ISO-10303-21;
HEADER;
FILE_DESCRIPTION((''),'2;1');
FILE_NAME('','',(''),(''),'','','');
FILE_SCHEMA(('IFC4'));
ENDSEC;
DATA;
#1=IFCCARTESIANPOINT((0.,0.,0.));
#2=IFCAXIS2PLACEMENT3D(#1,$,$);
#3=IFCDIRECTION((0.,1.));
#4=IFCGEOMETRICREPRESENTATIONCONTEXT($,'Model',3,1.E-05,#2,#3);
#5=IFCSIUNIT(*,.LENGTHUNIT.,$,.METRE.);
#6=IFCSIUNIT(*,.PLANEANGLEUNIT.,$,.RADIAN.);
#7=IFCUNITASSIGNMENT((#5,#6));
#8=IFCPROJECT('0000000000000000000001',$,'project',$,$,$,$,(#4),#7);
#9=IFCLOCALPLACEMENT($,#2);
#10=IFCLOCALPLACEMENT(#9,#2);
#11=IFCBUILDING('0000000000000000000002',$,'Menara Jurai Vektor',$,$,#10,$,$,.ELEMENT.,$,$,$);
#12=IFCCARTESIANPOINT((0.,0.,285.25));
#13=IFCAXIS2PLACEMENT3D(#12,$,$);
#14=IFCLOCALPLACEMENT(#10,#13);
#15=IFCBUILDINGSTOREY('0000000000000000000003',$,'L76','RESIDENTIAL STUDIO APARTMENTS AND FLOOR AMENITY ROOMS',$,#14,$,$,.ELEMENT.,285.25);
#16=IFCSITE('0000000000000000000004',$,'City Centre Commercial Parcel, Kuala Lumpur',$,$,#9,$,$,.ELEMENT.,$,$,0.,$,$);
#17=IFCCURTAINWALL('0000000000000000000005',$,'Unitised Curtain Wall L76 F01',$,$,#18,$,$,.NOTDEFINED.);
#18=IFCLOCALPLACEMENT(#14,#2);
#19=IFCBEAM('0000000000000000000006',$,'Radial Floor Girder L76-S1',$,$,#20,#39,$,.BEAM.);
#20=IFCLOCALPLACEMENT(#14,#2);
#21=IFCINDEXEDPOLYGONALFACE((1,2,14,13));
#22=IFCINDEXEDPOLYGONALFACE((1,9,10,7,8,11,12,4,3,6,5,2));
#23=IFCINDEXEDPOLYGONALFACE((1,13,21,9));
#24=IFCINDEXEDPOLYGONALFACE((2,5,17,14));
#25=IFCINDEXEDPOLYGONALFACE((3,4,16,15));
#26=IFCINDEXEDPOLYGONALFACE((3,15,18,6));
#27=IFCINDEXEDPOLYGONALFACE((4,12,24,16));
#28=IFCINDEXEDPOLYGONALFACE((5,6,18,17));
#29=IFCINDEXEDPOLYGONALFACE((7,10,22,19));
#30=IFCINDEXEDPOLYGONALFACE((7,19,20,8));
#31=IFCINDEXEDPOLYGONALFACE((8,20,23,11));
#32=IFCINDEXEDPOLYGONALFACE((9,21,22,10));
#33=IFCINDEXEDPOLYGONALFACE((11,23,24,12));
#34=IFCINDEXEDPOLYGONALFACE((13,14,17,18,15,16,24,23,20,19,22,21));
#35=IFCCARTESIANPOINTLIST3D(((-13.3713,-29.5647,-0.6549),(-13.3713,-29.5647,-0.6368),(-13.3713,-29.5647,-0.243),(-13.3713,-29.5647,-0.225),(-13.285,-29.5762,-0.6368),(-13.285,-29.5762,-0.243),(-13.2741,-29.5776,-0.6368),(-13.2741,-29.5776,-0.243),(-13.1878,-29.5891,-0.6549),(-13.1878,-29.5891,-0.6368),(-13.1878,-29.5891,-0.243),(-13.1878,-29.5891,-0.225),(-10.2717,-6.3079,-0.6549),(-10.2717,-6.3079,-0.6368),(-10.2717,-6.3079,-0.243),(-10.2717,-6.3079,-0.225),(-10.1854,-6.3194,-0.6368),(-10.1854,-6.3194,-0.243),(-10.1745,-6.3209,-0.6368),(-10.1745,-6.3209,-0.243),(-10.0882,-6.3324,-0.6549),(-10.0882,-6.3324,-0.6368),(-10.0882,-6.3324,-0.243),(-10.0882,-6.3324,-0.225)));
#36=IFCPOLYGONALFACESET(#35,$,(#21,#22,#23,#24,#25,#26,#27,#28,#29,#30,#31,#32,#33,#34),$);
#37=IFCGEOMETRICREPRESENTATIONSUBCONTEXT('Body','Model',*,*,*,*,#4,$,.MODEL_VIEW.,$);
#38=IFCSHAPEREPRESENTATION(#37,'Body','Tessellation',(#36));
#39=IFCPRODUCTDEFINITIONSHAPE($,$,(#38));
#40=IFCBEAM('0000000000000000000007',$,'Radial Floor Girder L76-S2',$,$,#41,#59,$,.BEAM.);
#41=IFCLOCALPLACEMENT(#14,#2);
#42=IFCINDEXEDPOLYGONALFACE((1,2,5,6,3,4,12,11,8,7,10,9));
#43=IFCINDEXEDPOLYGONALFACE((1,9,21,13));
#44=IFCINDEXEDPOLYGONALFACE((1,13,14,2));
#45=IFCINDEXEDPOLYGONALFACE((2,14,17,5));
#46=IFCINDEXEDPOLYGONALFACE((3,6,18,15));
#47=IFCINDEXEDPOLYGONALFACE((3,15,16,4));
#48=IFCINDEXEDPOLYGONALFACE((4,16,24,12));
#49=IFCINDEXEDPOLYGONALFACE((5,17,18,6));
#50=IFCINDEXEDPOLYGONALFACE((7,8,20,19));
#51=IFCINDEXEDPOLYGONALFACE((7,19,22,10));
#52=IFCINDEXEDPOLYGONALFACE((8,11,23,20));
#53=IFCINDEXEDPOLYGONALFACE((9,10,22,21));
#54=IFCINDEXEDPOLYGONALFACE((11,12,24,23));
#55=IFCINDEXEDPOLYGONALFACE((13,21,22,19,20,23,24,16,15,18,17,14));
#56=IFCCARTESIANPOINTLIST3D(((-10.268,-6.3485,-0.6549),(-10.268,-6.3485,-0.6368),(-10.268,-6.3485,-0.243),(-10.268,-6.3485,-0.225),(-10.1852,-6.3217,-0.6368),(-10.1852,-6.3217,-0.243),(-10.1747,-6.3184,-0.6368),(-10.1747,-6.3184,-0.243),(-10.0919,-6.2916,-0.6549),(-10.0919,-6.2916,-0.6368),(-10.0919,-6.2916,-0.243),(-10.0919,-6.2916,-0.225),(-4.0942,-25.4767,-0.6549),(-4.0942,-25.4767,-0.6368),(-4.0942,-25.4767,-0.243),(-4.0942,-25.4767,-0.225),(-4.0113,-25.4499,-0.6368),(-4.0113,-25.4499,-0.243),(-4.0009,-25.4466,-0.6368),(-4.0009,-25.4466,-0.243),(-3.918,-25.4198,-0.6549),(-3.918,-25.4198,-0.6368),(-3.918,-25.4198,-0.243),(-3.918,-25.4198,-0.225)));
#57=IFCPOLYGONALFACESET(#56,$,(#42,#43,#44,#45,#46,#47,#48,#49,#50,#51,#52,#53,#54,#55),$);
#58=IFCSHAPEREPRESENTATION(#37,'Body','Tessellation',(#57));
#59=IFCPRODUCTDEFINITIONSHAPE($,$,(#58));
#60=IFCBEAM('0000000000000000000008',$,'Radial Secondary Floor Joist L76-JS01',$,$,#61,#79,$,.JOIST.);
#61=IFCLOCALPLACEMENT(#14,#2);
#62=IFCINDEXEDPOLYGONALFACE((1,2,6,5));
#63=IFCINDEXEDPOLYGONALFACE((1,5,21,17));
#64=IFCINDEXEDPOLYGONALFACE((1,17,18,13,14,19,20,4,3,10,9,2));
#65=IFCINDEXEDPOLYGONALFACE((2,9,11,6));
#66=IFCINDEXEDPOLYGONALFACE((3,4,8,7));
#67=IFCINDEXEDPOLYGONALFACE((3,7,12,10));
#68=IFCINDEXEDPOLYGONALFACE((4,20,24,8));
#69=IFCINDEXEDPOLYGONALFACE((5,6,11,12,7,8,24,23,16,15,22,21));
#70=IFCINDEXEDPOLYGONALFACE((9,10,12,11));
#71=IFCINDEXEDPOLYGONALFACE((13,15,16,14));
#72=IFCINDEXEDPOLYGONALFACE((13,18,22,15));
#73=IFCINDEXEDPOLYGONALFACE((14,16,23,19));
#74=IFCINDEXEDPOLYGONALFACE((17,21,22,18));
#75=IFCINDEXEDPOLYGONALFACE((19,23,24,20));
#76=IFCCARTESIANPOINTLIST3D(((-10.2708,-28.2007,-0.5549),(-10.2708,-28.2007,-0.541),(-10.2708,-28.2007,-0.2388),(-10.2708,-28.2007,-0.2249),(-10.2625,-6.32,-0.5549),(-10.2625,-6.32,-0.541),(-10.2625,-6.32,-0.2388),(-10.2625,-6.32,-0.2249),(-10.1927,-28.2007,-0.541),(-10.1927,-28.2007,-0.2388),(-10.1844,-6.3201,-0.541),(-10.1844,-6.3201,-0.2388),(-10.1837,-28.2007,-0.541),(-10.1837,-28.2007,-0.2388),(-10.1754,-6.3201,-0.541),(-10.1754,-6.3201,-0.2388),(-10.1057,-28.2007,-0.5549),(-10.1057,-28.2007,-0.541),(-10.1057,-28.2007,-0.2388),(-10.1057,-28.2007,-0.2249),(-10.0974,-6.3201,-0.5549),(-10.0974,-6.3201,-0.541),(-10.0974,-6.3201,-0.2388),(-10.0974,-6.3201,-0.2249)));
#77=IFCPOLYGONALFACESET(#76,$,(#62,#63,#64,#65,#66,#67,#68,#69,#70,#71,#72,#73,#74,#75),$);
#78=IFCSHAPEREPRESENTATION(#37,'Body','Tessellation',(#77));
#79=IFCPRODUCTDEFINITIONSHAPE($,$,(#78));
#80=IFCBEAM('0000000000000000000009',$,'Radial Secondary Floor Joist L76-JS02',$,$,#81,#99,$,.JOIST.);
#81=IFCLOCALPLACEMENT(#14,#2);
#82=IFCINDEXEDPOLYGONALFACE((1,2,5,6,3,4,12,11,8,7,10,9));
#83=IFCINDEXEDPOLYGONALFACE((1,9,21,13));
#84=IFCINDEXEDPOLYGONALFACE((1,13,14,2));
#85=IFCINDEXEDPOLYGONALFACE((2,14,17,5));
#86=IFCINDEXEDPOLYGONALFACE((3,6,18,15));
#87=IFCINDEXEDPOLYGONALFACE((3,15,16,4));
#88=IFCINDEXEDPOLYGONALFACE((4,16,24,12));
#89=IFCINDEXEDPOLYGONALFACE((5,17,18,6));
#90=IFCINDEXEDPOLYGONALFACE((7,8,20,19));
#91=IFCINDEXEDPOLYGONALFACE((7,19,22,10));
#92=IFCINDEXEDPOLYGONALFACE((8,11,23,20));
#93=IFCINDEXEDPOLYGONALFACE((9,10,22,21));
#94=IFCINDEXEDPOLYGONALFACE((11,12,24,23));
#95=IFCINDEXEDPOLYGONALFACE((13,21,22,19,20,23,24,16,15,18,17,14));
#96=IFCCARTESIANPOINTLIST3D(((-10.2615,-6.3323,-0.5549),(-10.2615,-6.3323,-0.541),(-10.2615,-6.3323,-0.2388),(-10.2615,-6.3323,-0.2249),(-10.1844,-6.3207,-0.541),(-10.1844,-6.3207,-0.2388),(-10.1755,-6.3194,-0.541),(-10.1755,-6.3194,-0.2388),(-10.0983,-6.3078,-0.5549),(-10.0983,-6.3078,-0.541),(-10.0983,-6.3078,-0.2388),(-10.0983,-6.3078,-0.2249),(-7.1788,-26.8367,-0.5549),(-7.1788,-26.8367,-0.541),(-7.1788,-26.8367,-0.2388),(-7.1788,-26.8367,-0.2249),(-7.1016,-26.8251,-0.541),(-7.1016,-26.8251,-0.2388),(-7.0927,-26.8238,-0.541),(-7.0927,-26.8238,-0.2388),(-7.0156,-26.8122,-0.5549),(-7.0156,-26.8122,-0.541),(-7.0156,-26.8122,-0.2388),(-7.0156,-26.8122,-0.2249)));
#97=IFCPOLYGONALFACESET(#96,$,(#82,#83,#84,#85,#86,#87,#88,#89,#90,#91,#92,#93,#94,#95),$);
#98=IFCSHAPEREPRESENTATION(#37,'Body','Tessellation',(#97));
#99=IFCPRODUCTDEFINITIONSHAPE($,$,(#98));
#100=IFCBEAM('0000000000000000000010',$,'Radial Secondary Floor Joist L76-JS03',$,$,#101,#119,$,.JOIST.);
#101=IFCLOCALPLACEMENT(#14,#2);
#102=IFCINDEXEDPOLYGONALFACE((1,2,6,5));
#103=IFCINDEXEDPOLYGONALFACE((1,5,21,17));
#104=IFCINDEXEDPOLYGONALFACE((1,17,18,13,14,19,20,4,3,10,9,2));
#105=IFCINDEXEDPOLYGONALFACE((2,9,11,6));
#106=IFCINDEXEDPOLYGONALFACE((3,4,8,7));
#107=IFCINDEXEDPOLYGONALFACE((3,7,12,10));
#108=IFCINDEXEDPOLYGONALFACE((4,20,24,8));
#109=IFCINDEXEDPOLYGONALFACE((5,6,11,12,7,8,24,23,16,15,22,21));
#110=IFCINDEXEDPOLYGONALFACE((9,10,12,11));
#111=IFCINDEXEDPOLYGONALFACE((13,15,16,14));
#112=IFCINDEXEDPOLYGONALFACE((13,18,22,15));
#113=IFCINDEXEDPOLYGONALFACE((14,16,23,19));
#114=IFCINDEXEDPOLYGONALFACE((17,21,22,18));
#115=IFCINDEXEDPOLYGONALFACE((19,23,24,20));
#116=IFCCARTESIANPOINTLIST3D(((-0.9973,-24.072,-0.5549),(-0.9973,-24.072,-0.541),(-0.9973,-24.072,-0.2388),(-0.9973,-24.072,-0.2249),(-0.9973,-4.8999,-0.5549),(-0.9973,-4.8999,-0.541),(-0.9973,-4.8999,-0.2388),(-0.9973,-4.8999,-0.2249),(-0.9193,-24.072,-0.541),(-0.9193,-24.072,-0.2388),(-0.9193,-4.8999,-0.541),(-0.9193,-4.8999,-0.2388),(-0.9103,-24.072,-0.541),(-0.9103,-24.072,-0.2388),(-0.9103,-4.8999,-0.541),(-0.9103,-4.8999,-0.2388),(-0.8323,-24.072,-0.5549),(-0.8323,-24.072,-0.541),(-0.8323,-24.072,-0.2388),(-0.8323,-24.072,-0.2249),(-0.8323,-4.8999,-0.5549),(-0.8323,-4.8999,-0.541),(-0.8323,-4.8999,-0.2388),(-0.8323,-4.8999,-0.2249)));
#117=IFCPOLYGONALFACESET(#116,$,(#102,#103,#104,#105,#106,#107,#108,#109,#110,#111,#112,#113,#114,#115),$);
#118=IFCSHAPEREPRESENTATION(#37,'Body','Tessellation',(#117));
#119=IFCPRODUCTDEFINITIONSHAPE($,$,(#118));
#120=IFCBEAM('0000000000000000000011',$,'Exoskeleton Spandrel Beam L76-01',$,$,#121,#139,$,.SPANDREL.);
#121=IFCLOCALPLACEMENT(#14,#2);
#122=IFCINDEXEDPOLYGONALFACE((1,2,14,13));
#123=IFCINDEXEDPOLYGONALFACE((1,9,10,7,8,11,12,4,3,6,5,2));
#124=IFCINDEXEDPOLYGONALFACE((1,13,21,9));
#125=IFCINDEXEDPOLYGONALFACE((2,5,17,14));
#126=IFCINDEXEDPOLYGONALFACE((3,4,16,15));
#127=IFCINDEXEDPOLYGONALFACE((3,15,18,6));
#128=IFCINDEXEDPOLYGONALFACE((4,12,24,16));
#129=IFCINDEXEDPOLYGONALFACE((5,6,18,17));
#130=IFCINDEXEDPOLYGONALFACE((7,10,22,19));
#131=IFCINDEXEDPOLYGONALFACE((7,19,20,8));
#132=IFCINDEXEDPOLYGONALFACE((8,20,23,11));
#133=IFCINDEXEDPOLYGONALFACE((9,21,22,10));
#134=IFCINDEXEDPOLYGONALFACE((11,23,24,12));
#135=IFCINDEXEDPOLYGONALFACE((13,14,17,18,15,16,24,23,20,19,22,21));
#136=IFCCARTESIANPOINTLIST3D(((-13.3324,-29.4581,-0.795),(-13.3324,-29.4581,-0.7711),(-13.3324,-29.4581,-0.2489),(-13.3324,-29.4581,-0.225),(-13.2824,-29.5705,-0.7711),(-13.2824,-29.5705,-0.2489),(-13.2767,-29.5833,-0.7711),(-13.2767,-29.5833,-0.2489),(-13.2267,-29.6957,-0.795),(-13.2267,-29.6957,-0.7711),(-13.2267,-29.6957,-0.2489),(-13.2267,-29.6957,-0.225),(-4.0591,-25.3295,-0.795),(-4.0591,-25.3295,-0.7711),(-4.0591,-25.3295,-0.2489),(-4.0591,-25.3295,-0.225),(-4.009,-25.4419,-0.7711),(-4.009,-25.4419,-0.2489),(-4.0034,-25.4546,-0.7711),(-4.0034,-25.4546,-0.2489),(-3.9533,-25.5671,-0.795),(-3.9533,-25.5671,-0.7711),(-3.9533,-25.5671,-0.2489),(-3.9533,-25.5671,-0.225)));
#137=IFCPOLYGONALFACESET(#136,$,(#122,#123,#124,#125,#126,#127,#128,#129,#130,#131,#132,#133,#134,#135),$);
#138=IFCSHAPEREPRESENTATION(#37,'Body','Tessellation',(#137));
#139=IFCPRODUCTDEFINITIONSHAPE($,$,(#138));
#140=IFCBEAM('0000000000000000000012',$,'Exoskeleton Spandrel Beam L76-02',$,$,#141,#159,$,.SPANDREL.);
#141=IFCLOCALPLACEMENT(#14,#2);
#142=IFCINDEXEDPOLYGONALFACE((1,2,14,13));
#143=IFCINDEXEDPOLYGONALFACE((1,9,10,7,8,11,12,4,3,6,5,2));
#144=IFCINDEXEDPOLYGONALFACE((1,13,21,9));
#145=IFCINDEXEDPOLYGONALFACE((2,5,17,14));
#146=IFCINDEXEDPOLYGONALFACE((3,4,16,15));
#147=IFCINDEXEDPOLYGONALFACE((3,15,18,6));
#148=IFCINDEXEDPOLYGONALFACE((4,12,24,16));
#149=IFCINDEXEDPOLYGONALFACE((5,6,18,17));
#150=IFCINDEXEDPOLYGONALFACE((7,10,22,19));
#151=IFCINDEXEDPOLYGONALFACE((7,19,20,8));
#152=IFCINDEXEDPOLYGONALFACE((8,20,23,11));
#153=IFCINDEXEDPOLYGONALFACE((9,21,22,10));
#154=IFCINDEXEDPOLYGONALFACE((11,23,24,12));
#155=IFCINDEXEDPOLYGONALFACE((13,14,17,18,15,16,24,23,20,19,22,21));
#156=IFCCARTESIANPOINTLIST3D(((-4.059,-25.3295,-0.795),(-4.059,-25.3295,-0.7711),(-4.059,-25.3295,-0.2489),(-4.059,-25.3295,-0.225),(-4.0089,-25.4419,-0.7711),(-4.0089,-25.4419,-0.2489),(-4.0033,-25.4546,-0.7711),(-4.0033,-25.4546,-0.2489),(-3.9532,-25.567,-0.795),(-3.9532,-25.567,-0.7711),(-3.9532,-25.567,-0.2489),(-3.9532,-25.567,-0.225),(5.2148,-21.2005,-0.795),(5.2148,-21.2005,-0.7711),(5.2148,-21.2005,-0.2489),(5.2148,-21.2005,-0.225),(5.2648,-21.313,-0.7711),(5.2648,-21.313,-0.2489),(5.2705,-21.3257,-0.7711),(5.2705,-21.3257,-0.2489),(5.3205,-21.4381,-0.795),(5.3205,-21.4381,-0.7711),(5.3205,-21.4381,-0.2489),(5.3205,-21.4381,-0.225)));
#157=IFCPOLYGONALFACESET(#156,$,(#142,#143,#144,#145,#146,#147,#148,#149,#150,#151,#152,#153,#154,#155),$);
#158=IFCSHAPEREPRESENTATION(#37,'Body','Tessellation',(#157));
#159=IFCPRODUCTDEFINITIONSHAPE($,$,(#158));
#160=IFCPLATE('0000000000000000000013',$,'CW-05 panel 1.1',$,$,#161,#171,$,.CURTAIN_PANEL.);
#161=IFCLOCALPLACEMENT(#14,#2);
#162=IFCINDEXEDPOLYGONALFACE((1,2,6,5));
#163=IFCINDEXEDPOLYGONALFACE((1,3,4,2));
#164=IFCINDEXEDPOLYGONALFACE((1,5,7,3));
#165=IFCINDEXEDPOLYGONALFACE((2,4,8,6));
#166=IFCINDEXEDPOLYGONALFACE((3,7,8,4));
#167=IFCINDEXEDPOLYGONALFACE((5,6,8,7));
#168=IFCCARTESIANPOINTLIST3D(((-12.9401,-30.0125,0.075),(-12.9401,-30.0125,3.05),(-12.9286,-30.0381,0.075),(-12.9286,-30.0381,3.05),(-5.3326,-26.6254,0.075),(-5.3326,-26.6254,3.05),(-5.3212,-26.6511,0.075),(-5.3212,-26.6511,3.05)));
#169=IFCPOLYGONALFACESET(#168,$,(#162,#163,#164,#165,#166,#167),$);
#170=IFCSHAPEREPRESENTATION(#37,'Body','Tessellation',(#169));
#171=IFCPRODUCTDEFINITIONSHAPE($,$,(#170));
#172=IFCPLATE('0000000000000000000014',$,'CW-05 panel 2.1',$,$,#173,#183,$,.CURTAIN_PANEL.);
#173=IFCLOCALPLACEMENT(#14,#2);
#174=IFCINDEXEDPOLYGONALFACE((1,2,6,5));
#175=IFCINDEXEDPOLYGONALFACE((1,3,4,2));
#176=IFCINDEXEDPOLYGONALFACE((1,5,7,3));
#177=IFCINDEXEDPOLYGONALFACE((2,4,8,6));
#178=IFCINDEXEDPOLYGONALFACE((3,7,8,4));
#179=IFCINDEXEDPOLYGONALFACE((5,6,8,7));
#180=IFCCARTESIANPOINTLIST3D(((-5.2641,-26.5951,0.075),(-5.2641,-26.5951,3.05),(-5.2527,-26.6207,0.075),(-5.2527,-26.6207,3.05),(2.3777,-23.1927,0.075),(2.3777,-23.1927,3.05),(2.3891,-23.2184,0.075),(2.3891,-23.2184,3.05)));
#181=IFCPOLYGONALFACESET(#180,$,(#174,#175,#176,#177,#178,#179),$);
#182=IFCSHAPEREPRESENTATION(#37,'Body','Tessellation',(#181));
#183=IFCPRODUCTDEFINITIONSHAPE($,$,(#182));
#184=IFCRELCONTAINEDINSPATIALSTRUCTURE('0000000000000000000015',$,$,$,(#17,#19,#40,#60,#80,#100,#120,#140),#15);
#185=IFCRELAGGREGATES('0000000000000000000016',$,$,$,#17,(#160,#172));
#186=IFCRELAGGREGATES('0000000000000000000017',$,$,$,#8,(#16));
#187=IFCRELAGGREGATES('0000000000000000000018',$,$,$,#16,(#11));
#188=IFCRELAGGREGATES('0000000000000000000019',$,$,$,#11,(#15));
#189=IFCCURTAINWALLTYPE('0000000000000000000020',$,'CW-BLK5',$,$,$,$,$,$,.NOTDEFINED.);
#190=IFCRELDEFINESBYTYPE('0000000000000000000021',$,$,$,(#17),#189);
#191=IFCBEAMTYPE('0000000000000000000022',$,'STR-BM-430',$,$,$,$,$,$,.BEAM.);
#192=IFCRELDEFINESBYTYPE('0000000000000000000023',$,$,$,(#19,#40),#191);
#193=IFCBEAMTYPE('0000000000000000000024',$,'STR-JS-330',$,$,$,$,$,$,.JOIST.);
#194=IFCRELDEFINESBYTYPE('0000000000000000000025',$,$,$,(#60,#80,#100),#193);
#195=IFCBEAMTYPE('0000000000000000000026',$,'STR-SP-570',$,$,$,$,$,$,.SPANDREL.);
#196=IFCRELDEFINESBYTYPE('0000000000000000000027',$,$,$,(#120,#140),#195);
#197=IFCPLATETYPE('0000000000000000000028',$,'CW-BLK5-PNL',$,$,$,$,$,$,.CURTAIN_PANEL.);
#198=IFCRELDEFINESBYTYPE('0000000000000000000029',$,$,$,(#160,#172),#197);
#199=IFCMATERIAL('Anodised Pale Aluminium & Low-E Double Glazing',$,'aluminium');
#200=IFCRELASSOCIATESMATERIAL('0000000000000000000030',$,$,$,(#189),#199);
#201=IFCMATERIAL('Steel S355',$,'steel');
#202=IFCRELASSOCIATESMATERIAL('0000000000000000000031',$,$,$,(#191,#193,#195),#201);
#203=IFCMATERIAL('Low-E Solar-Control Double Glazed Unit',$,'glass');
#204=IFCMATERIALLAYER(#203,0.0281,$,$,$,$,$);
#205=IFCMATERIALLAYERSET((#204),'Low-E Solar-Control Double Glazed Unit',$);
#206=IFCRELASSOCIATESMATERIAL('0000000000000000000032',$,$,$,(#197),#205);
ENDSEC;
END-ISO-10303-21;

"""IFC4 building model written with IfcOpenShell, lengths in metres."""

from ifc_helpers import new_model, si_unit, direction, frame, origin, origin_2d, place, context, subcontext, project, spatial, rectangle, i_section, extrude, material, layer, layer_set, material_profile, profile_set, type_object, element, aggregate, save


model = new_model("IFC4")

# Units and contexts
model_context = context("Model", 3, precision=1e-05, world=origin(), true_north=direction((0.0, 1.0)))
body_context = subcontext(model_context, "Body", "Model", "MODEL_VIEW")
ifc_project = project(units=[si_unit("LENGTHUNIT", "METRE"), si_unit("PLANEANGLEUNIT", "RADIAN")], contexts=[model_context])

# Site, building, storey
site_placement = place(None, origin())
site = spatial("IfcSite", under=ifc_project, at=site_placement, Name="City Centre Commercial Parcel, Kuala Lumpur", CompositionType="ELEMENT", RefElevation=0.0)
building_placement = place(site_placement, origin())
building = spatial("IfcBuilding", under=site, at=building_placement, Name="Menara Jurai Vektor", CompositionType="ELEMENT")
storey_placement = place(building_placement, frame((0.0, 0.0, 285.25)))
storey = spatial("IfcBuildingStorey", under=building, at=storey_placement, Name="L76", Description="RESIDENTIAL STUDIO APARTMENTS AND FLOOR AMENITY ROOMS", CompositionType="ELEMENT", Elevation=285.25)

# Curtain wall
ifc_material_1 = material(Name="Anodised Pale Aluminium & Low-E Double Glazing", Category="aluminium")
curtain_wall_type = type_object("IfcCurtainWallType", Name="CW-BLK5", PredefinedType="NOTDEFINED", material=ifc_material_1)
curtain_wall_1_placement = place(storey_placement, origin())
curtain_wall_1 = element("IfcCurtainWall", 1, at=curtain_wall_1_placement, inside=storey, type_object=curtain_wall_type, Name="Unitised Curtain Wall L76 F01", PredefinedType="NOTDEFINED")

# Beams
ifc_material_2 = material(Name="Steel S355", Category="steel")
ifc_material_profile_1 = material_profile(ifc_material_2, i_section(OverallWidth=0.1851, OverallDepth=0.4299, WebThickness=0.011, FlangeThickness=0.0181, at=origin_2d()), Name="PG 430x185x76")
ifc_profile_set_1 = profile_set([ifc_material_profile_1], Name="Steel S355")
beam_type_1 = type_object("IfcBeamType", Name="STR-BM-430", PredefinedType="BEAM", material=ifc_profile_set_1)
beam_1_placement = place(storey_placement, frame((-13.2795, -29.5769, -0.4399), z_axis=(0.132109, 0.991235, 0.0), x_axis=(-0.991235, 0.132109, 0.0)))
element("IfcBeam", 2, at=beam_1_placement, inside=storey, type_object=beam_type_1, Name="Radial Floor Girder L76-S1", PredefinedType="BEAM", context=body_context, shape_type="SweptSolid", body=[
    extrude(i_section(OverallWidth=0.1851, OverallDepth=0.4299, WebThickness=0.011, FlangeThickness=0.0181, at=origin_2d()), origin(), (0.0, 0.0, 1.0), 23.4624),
])
beam_2_placement = place(storey_placement, frame((-4.0061, -25.4482, -0.4399), z_axis=(-0.307158, 0.951658, 0.0), x_axis=(-0.951658, -0.307158, 0.0)))
element("IfcBeam", 3, at=beam_2_placement, inside=storey, type_object=beam_type_1, Name="Radial Floor Girder L76-S2", PredefinedType="BEAM", context=body_context, shape_type="SweptSolid", body=[
    extrude(i_section(OverallWidth=0.1851, OverallDepth=0.4299, WebThickness=0.011, FlangeThickness=0.0181, at=origin_2d()), origin(), (0.0, 0.0, 1.0), 20.0999),
])
ifc_material_profile_2 = material_profile(ifc_material_2, i_section(OverallWidth=0.165, OverallDepth=0.3301, WebThickness=0.009, FlangeThickness=0.0139, at=origin_2d()), Name="PG 330x165x46")
ifc_profile_set_2 = profile_set([ifc_material_profile_2], Name="Steel S355")
beam_type_2 = type_object("IfcBeamType", Name="STR-JS-330", PredefinedType="JOIST", material=ifc_profile_set_2)
beam_3_placement = place(storey_placement, frame((-10.1882, -28.2007, -0.3899), z_axis=(0.000379, 1.0, 0.0), x_axis=(-1.0, 0.000379, 0.0)))
element("IfcBeam", 4, at=beam_3_placement, inside=storey, type_object=beam_type_2, Name="Radial Secondary Floor Joist L76-JS01", PredefinedType="JOIST", context=body_context, shape_type="SweptSolid", body=[
    extrude(i_section(OverallWidth=0.165, OverallDepth=0.3301, WebThickness=0.009, FlangeThickness=0.0139, at=origin_2d()), origin(), (0.0, 0.0, 1.0), 21.8806),
])
beam_4_placement = place(storey_placement, frame((-7.0972, -26.8245, -0.3899), z_axis=(-0.148676, 0.988886, 0.0), x_axis=(-0.988886, -0.148676, 0.0)))
element("IfcBeam", 5, at=beam_4_placement, inside=storey, type_object=beam_type_2, Name="Radial Secondary Floor Joist L76-JS02", PredefinedType="JOIST", context=body_context, shape_type="SweptSolid", body=[
    extrude(i_section(OverallWidth=0.165, OverallDepth=0.3301, WebThickness=0.009, FlangeThickness=0.0139, at=origin_2d()), origin(), (0.0, 0.0, 1.0), 20.7349),
])
beam_5_placement = place(storey_placement, frame((-0.9148, -24.072, -0.3899), z_axis=(0.0, 1.0, 0.0), x_axis=(-1.0, 0.0, 0.0)))
element("IfcBeam", 6, at=beam_5_placement, inside=storey, type_object=beam_type_2, Name="Radial Secondary Floor Joist L76-JS03", PredefinedType="JOIST", context=body_context, shape_type="SweptSolid", body=[
    extrude(i_section(OverallWidth=0.165, OverallDepth=0.3301, WebThickness=0.009, FlangeThickness=0.0139, at=origin_2d()), origin(), (0.0, 0.0, 1.0), 19.1721),
])
ifc_material_profile_3 = material_profile(ifc_material_2, i_section(OverallWidth=0.26, OverallDepth=0.5701, WebThickness=0.0139, FlangeThickness=0.0239, at=origin_2d()), Name="PG 570x260x145")
ifc_profile_set_3 = profile_set([ifc_material_profile_3], Name="Steel S355")
beam_type_3 = type_object("IfcBeamType", Name="STR-SP-570", PredefinedType="SPANDREL", material=ifc_profile_set_3)
beam_6_placement = place(storey_placement, frame((-13.2795, -29.5769, -0.51), z_axis=(0.913551, 0.406725, 0.0), x_axis=(-0.406725, 0.913551, 0.0)))
element("IfcBeam", 7, at=beam_6_placement, inside=storey, type_object=beam_type_3, Name="Exoskeleton Spandrel Beam L76-01", PredefinedType="SPANDREL", context=body_context, shape_type="SweptSolid", body=[
    extrude(i_section(OverallWidth=0.26, OverallDepth=0.5701, WebThickness=0.0139, FlangeThickness=0.0239, at=origin_2d()), origin(), (0.0, 0.0, 1.0), 10.1509),
])
beam_7_placement = place(storey_placement, frame((-4.0061, -25.4482, -0.51), z_axis=(0.913546, 0.406736, 0.0), x_axis=(-0.406736, 0.913546, 0.0)))
element("IfcBeam", 8, at=beam_7_placement, inside=storey, type_object=beam_type_3, Name="Exoskeleton Spandrel Beam L76-02", PredefinedType="SPANDREL", context=body_context, shape_type="SweptSolid", body=[
    extrude(i_section(OverallWidth=0.26, OverallDepth=0.5701, WebThickness=0.0139, FlangeThickness=0.0239, at=origin_2d()), origin(), (0.0, 0.0, 1.0), 10.1514),
])

# Plates
ifc_material_3 = material(Name="Low-E Solar-Control Double Glazed Unit", Category="glass")
ifc_layer_1 = layer(ifc_material_3, 0.0281)
ifc_layer_set_1 = layer_set([ifc_layer_1], Name="Low-E Solar-Control Double Glazed Unit")
plate_type_1 = type_object("IfcPlateType", Name="CW-BLK5-PNL", PredefinedType="CURTAIN_PANEL", material=ifc_layer_set_1)
plate_1_placement = place(storey_placement, frame((-9.1306, -28.3318, 0.075), z_axis=(0.0, 0.0, 1.0), x_axis=(0.913546, 0.406735, 0.0)))
plate_1 = element("IfcPlate", 9, at=plate_1_placement, type_object=plate_type_1, Name="CW-05 panel 1.1", PredefinedType="CURTAIN_PANEL", context=body_context, shape_type="SweptSolid", body=[
    extrude(rectangle(XDim=8.3274, YDim=0.0281, at=origin_2d()), origin(), (0.0, 0.0, 1.0), 2.9751),
])
plate_2_placement = place(storey_placement, frame((-1.4375, -24.9067, 0.075), z_axis=(0.0, 0.0, 1.0), x_axis=(0.913546, 0.406735, 0.0)))
plate_2 = element("IfcPlate", 10, at=plate_2_placement, type_object=plate_type_1, Name="CW-05 panel 2.1", PredefinedType="CURTAIN_PANEL", context=body_context, shape_type="SweptSolid", body=[
    extrude(rectangle(XDim=8.365, YDim=0.0281, at=origin_2d()), origin(), (0.0, 0.0, 1.0), 2.9751),
])
aggregate(curtain_wall_1, [plate_1, plate_2])

save(model, "model.ifc")
